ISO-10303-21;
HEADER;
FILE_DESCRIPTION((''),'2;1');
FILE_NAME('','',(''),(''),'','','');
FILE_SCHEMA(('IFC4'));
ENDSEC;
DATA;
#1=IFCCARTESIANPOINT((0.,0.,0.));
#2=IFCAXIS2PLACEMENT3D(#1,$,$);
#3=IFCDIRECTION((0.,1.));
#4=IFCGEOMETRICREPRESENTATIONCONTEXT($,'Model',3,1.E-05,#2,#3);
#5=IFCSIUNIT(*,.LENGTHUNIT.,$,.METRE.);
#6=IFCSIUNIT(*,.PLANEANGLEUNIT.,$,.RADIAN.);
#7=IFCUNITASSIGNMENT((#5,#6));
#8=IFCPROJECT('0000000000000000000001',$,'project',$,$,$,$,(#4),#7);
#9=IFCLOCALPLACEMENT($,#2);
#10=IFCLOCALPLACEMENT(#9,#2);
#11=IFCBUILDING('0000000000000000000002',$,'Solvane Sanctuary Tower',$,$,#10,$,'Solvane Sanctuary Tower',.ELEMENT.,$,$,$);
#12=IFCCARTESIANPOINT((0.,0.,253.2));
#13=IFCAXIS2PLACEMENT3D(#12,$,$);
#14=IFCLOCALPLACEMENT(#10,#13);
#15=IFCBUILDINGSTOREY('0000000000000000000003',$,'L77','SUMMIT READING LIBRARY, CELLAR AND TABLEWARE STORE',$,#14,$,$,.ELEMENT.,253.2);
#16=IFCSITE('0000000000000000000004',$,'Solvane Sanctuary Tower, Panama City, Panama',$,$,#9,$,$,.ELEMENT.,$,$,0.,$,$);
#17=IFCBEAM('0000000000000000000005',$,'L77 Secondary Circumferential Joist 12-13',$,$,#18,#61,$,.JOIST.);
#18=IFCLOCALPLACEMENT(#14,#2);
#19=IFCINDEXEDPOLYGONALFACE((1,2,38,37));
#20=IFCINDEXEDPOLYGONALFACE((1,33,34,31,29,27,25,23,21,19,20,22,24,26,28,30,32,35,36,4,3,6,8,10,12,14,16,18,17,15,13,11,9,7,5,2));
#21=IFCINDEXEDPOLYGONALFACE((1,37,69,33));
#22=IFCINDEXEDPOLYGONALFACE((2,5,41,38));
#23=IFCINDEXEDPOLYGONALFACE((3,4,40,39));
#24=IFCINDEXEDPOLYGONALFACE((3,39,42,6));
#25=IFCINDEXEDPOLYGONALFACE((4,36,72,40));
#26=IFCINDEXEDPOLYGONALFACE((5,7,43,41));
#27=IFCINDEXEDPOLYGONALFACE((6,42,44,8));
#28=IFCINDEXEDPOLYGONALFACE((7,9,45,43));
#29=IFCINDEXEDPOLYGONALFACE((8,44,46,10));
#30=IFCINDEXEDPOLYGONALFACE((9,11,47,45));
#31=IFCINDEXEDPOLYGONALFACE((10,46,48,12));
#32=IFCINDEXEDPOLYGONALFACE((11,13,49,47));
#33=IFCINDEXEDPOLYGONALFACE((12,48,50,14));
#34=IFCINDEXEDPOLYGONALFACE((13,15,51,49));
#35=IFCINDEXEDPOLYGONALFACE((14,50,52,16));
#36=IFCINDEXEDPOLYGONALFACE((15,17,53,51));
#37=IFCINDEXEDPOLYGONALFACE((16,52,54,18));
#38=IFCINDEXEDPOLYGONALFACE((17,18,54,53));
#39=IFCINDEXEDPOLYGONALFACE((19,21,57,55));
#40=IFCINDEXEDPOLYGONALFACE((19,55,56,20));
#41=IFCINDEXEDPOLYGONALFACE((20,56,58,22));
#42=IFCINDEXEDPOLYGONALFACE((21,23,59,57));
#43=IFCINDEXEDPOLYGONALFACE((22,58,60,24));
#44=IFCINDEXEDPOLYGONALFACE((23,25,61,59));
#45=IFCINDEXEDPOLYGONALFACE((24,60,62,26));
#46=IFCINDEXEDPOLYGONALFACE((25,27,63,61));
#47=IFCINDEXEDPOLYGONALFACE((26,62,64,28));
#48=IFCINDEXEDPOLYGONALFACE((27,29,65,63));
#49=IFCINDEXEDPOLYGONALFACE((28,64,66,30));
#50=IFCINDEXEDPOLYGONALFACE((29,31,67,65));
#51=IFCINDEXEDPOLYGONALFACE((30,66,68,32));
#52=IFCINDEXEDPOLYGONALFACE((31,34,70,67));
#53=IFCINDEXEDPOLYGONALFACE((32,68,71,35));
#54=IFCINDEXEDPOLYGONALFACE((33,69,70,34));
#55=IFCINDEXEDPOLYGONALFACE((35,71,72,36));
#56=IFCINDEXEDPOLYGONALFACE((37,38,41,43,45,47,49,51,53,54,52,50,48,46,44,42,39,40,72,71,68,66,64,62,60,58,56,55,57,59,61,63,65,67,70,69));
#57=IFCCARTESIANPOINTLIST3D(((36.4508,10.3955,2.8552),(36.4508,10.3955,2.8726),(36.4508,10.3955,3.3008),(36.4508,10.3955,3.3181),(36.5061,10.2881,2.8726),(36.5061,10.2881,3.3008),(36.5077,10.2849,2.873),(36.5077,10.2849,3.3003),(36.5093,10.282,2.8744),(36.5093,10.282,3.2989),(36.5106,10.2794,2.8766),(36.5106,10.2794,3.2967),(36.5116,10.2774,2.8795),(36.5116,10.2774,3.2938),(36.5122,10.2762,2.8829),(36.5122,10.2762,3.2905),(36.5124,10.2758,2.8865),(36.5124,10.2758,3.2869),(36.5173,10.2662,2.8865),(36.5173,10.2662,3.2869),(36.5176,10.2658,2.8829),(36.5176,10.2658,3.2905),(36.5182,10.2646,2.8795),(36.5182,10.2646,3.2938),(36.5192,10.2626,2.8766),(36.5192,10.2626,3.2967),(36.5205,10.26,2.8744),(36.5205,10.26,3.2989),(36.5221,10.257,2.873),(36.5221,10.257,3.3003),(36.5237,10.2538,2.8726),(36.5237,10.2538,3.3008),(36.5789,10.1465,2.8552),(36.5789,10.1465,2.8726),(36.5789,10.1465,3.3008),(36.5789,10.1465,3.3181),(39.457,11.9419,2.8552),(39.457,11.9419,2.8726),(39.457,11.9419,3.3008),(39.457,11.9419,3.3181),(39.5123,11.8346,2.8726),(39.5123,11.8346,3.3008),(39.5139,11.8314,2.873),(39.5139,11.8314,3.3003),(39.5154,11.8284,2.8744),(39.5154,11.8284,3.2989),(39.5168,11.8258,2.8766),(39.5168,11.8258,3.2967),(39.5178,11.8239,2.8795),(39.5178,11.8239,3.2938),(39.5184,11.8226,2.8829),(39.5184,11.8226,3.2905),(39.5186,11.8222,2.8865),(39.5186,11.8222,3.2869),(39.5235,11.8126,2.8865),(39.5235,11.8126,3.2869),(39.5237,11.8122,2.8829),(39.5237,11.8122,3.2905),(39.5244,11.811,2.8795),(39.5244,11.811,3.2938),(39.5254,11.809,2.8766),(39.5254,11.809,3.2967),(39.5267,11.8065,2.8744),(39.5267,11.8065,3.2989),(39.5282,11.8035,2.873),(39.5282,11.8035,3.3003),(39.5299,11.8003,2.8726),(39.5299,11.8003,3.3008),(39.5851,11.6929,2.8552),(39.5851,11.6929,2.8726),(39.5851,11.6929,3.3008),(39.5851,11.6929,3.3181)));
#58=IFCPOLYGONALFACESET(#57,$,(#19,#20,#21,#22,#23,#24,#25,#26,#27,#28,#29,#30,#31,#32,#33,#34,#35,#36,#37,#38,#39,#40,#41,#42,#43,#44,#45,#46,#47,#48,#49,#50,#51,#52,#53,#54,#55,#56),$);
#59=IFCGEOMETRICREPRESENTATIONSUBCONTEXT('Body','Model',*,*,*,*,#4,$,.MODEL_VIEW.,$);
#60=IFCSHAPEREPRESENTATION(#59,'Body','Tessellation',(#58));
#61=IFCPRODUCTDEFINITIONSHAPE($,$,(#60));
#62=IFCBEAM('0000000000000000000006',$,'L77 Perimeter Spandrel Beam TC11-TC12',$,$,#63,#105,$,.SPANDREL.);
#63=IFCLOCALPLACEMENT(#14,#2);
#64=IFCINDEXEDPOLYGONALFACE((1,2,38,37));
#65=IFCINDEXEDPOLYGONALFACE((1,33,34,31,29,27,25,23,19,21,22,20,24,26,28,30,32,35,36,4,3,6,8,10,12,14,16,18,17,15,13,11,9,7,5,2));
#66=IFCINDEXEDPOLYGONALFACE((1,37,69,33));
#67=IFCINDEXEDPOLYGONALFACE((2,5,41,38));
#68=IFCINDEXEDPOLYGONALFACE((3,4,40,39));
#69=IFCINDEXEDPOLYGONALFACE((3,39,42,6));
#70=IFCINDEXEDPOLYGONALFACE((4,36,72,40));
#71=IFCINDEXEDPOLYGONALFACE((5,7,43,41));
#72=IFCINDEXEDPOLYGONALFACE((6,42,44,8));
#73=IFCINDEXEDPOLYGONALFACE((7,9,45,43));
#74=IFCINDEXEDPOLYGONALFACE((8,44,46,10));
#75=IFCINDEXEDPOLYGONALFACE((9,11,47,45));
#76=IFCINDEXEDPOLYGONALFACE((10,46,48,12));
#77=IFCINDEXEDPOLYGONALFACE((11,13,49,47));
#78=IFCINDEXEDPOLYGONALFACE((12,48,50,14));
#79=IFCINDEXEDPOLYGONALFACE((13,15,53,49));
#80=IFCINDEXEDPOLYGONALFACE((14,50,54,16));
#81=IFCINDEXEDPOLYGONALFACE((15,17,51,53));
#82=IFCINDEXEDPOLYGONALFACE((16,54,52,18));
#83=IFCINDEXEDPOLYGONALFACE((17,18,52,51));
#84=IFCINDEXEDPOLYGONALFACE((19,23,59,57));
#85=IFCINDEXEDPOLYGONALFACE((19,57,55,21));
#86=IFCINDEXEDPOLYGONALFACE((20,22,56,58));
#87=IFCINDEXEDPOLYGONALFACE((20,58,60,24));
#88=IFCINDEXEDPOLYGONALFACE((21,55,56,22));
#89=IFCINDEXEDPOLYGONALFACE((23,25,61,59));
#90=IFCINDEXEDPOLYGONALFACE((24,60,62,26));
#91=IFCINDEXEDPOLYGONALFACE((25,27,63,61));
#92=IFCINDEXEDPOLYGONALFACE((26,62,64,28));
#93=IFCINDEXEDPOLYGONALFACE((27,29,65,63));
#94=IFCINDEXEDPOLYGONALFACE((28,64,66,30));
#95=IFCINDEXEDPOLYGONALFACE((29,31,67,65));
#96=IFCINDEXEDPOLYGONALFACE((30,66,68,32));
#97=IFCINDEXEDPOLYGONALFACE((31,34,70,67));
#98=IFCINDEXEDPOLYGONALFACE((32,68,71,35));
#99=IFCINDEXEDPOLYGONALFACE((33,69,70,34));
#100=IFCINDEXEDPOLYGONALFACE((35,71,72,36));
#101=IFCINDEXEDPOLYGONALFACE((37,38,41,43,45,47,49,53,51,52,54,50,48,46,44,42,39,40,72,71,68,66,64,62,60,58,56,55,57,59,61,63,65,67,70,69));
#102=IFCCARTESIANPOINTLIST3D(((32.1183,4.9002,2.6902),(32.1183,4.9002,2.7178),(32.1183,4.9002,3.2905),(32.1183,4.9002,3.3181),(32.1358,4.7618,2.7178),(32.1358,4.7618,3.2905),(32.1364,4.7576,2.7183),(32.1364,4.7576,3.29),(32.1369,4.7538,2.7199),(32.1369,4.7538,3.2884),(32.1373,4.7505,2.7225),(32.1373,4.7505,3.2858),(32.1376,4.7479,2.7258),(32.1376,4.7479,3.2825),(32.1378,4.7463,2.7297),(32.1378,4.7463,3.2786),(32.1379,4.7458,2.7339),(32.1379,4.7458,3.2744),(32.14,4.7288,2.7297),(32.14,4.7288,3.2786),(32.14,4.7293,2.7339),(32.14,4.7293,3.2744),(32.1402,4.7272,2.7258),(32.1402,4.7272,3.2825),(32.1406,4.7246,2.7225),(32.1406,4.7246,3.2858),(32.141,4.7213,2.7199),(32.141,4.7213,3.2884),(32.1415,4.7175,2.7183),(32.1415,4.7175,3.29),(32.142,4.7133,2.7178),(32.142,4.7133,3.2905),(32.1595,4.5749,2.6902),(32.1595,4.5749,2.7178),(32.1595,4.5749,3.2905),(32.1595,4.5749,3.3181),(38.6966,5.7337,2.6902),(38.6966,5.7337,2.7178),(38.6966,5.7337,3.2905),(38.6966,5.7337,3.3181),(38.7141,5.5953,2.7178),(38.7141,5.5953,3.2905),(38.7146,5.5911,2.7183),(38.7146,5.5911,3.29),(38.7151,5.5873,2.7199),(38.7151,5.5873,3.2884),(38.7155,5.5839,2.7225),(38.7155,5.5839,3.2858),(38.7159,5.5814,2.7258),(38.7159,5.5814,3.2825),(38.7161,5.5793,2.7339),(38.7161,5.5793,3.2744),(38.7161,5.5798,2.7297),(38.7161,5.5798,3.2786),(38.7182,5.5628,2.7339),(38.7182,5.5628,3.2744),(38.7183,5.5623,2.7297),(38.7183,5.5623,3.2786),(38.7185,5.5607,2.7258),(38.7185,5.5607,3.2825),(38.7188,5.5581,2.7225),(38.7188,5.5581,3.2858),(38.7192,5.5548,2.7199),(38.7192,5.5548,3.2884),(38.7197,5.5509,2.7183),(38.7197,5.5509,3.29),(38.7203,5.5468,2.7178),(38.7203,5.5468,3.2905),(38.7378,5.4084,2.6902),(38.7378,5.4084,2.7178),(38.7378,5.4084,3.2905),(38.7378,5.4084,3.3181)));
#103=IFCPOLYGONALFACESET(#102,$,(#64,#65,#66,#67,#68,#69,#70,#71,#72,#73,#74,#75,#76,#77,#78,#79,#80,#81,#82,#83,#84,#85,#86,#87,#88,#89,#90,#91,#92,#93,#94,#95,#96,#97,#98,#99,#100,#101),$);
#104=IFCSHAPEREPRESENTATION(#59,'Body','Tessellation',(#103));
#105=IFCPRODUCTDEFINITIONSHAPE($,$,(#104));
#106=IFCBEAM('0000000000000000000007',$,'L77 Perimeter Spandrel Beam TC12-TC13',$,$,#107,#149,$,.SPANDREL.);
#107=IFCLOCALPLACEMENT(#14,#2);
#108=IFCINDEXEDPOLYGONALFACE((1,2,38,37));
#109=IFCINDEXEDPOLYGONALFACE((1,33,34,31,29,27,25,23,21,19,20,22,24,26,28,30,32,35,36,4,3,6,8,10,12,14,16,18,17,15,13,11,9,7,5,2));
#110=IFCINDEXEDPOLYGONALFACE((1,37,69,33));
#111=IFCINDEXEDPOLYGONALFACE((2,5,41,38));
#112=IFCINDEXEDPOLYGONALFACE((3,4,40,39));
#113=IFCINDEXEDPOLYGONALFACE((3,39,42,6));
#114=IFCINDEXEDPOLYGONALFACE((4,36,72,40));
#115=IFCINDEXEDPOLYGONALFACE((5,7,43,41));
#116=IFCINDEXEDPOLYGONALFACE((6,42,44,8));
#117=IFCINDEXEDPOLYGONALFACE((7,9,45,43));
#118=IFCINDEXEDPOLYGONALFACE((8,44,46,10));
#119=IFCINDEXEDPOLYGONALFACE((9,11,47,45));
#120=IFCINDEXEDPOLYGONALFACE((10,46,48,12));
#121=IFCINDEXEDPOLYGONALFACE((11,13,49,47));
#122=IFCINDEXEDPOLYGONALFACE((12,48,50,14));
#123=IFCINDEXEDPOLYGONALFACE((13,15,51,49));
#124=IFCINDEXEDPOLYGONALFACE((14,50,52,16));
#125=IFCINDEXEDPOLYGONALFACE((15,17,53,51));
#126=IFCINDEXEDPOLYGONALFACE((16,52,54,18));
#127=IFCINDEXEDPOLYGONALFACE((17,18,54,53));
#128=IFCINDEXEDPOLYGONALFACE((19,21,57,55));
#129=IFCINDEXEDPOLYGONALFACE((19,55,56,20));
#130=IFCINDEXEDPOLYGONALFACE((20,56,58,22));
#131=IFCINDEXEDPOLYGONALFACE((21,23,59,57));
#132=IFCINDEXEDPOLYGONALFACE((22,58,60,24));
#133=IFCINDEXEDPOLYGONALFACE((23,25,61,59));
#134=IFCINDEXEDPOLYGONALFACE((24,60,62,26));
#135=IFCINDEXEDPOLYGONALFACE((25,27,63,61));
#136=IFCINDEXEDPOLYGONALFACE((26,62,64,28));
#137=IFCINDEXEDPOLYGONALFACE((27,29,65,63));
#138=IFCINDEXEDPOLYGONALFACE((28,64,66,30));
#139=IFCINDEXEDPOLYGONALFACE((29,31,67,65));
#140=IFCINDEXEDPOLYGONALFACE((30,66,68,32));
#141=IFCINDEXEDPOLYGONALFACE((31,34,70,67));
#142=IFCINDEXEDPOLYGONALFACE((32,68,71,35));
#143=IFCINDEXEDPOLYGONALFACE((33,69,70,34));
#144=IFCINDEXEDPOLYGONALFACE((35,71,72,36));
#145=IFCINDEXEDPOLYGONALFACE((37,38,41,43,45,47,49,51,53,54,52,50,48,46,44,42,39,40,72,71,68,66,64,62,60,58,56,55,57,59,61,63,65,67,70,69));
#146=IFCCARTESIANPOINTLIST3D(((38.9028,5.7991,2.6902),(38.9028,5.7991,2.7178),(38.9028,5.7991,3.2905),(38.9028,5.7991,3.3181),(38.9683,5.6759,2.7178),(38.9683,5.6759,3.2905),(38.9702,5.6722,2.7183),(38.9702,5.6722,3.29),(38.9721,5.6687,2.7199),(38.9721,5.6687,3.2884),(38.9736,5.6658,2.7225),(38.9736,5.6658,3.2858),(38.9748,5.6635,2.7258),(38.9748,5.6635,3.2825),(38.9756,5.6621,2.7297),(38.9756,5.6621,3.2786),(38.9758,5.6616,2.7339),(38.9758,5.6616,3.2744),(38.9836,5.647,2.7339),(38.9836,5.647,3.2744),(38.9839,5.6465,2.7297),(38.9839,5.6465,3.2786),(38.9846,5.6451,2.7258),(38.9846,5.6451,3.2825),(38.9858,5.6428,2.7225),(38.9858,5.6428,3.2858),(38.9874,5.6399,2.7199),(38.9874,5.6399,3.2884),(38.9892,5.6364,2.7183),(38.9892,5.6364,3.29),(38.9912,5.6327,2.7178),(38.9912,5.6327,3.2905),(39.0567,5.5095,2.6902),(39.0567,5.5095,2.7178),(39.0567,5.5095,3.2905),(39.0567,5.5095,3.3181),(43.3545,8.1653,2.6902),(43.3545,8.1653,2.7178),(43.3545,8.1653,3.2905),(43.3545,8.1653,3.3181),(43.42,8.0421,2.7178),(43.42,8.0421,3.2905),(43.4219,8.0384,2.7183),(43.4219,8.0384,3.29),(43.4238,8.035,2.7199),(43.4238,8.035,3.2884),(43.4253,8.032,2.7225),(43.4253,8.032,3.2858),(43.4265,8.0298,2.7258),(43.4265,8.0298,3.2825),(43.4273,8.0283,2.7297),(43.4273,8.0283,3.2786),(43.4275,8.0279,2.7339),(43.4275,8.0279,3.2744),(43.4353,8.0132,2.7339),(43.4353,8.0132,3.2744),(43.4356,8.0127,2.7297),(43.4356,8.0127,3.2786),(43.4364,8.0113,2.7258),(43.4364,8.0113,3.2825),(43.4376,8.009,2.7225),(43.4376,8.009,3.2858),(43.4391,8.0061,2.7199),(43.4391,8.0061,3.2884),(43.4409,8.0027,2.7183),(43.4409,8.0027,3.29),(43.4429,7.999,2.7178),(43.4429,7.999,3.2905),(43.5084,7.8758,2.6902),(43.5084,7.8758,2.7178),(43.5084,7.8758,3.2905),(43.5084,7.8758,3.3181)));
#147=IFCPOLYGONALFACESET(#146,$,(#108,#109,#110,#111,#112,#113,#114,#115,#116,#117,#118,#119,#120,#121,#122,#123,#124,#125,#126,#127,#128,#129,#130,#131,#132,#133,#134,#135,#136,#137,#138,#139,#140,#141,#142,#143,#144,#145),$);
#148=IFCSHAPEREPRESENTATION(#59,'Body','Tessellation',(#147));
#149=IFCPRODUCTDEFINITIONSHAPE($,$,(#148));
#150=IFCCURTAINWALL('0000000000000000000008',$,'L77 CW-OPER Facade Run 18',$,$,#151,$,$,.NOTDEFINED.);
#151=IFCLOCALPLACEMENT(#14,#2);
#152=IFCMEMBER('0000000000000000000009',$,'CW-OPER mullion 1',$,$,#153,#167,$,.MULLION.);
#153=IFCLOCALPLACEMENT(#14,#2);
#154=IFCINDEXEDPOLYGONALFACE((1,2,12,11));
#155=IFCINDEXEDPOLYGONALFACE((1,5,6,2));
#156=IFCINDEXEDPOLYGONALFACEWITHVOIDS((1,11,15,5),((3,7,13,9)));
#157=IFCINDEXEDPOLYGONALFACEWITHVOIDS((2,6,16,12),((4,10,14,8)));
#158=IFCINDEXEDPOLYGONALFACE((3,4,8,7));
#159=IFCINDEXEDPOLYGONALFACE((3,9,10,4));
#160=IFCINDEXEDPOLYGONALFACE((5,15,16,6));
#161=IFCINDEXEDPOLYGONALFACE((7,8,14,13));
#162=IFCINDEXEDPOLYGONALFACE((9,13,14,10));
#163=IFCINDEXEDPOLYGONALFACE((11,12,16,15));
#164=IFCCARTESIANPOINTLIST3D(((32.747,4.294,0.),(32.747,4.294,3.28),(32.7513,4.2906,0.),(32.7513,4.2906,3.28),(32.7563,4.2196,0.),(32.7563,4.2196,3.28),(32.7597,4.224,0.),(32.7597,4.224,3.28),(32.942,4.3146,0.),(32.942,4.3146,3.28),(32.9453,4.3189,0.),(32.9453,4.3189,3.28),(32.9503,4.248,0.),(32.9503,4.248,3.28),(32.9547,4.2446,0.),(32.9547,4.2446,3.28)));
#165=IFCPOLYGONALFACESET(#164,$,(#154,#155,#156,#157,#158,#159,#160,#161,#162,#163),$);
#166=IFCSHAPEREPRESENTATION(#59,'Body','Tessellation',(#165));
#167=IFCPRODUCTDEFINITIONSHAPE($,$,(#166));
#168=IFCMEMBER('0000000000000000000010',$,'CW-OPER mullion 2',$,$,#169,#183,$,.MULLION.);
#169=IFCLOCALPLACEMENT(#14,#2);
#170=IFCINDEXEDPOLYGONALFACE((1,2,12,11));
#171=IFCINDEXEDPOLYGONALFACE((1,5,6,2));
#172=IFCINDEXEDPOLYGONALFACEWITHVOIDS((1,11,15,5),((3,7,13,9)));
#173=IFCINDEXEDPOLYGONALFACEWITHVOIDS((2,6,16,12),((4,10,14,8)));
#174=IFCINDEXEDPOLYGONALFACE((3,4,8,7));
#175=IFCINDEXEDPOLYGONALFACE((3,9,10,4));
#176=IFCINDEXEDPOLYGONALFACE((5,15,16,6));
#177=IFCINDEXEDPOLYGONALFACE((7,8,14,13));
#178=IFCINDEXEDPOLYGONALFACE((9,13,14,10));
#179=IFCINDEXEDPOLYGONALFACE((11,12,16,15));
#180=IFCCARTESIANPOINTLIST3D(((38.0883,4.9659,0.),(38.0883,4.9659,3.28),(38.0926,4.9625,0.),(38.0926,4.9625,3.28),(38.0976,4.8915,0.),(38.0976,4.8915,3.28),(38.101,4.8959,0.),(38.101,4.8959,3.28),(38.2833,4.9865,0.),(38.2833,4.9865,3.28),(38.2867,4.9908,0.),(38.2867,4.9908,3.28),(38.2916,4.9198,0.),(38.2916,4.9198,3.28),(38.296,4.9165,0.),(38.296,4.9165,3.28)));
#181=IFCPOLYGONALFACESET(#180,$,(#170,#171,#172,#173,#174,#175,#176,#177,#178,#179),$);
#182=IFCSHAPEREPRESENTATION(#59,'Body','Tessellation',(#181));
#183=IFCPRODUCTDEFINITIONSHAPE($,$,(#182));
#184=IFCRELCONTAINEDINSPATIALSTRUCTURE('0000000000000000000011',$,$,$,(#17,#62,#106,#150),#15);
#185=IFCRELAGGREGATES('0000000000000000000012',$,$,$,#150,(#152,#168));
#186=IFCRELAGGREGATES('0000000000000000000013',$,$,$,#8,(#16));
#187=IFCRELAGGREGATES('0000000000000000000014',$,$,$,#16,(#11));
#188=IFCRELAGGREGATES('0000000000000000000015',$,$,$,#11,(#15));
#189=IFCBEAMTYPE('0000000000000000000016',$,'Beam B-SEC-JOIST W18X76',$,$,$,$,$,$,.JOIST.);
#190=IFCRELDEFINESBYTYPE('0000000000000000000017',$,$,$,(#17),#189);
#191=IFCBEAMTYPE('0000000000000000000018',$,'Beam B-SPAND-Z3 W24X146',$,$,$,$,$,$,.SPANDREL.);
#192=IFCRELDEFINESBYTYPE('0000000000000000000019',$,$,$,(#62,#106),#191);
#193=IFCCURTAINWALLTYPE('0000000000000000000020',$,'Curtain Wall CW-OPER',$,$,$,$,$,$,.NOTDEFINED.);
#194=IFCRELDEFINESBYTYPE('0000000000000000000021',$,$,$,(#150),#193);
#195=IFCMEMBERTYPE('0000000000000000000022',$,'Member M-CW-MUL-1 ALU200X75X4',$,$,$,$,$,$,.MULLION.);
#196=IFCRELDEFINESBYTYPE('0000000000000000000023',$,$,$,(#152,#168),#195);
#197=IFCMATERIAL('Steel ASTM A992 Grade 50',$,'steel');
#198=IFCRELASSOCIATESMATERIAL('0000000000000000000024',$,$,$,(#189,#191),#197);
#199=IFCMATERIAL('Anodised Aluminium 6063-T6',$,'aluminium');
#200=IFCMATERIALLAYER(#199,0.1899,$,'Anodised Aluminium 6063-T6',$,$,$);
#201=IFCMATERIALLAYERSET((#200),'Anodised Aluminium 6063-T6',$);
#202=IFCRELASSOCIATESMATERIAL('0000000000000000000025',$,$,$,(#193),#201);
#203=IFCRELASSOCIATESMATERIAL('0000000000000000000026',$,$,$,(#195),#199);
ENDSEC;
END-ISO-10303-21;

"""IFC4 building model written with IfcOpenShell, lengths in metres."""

from ifc_helpers import new_model, si_unit, direction, frame, origin, origin_2d, place, context, subcontext, project, spatial, hollow_rectangle, i_section, extrude, material, layer, layer_set, material_profile, profile_set, type_object, element, aggregate, save


model = new_model("IFC4")

# Units and contexts
model_context = context("Model", 3, precision=1e-05, world=origin(), true_north=direction((0.0, 1.0)))
body_context = subcontext(model_context, "Body", "Model", "MODEL_VIEW")
ifc_project = project(units=[si_unit("LENGTHUNIT", "METRE"), si_unit("PLANEANGLEUNIT", "RADIAN")], contexts=[model_context])

# Site, building, storey
site_placement = place(None, origin())
site = spatial("IfcSite", under=ifc_project, at=site_placement, Name="Solvane Sanctuary Tower, Panama City, Panama", CompositionType="ELEMENT", RefElevation=0.0)
building_placement = place(site_placement, origin())
building = spatial("IfcBuilding", under=site, at=building_placement, Name="Solvane Sanctuary Tower", LongName="Solvane Sanctuary Tower", CompositionType="ELEMENT")
storey_placement = place(building_placement, frame((0.0, 0.0, 253.2)))
storey = spatial("IfcBuildingStorey", under=building, at=storey_placement, Name="L77", Description="SUMMIT READING LIBRARY, CELLAR AND TABLEWARE STORE", CompositionType="ELEMENT", Elevation=253.2)

# Beams
ifc_material_1 = material(Name="Steel ASTM A992 Grade 50", Category="steel")
ifc_material_profile_1 = material_profile(ifc_material_1, i_section(OverallWidth=0.28, OverallDepth=0.4629, WebThickness=0.0107, FlangeThickness=0.0173, FilletRadius=0.0139, at=origin_2d()), Name="W18X76")
ifc_profile_set_1 = profile_set([ifc_material_profile_1], Name="Steel ASTM A992 Grade 50")
beam_type_1 = type_object("IfcBeamType", Name="Beam B-SEC-JOIST W18X76", PredefinedType="JOIST", material=ifc_profile_set_1)
beam_1_placement = place(storey_placement, frame((36.5149, 10.271, 3.0867), z_axis=(0.889241, 0.457439, 0.0), x_axis=(-0.457439, 0.889241, 0.0)))
element("IfcBeam", 1, at=beam_1_placement, inside=storey, type_object=beam_type_1, Name="L77 Secondary Circumferential Joist 12-13", PredefinedType="JOIST", context=body_context, shape_type="SweptSolid", body=[
    extrude(i_section(OverallWidth=0.28, OverallDepth=0.4629, WebThickness=0.0107, FlangeThickness=0.0173, FilletRadius=0.0139, at=origin_2d()), origin(), (0.0, 0.0, 1.0), 3.3806),
])
ifc_material_profile_2 = material_profile(ifc_material_1, i_section(OverallWidth=0.3279, OverallDepth=0.6279, WebThickness=0.0166, FlangeThickness=0.0276, FilletRadius=0.0161, at=origin_2d()), Name="W24X146")
ifc_profile_set_2 = profile_set([ifc_material_profile_2], Name="Steel ASTM A992 Grade 50")
beam_type_2 = type_object("IfcBeamType", Name="Beam B-SPAND-Z3 W24X146", PredefinedType="SPANDREL", material=ifc_profile_set_2)
beam_2_placement = place(storey_placement, frame((32.1389, 4.7375, 3.0042), z_axis=(0.992069, 0.125698, 0.0), x_axis=(-0.125698, 0.992069, 0.0)))
element("IfcBeam", 2, at=beam_2_placement, inside=storey, type_object=beam_type_2, Name="L77 Perimeter Spandrel Beam TC11-TC12", PredefinedType="SPANDREL", context=body_context, shape_type="SweptSolid", body=[
    extrude(i_section(OverallWidth=0.3279, OverallDepth=0.6279, WebThickness=0.0166, FlangeThickness=0.0276, FilletRadius=0.0161, at=origin_2d()), origin(), (0.0, 0.0, 1.0), 6.6309),
])
beam_3_placement = place(storey_placement, frame((38.9797, 5.6543, 3.0042), z_axis=(0.883012, 0.469351, 0.0), x_axis=(-0.469351, 0.883012, 0.0)))
element("IfcBeam", 3, at=beam_3_placement, inside=storey, type_object=beam_type_2, Name="L77 Perimeter Spandrel Beam TC12-TC13", PredefinedType="SPANDREL", context=body_context, shape_type="SweptSolid", body=[
    extrude(i_section(OverallWidth=0.3279, OverallDepth=0.6279, WebThickness=0.0166, FlangeThickness=0.0276, FilletRadius=0.0161, at=origin_2d()), origin(), (0.0, 0.0, 1.0), 5.0415),
])

# Curtain wall, members
ifc_material_2 = material(Name="Anodised Aluminium 6063-T6", Category="aluminium")
ifc_layer_1 = layer(ifc_material_2, 0.1899, Name="Anodised Aluminium 6063-T6")
ifc_layer_set_1 = layer_set([ifc_layer_1], Name="Anodised Aluminium 6063-T6")
curtain_wall_type = type_object("IfcCurtainWallType", Name="Curtain Wall CW-OPER", PredefinedType="NOTDEFINED", material=ifc_layer_set_1)
curtain_wall_placement = place(storey_placement, origin())
curtain_wall = element("IfcCurtainWall", 4, at=curtain_wall_placement, inside=storey, type_object=curtain_wall_type, Name="L77 CW-OPER Facade Run 18", PredefinedType="NOTDEFINED")
ifc_material_profile_3 = material_profile(ifc_material_2, hollow_rectangle(XDim=0.075, YDim=0.2, WallThickness=0.0039, at=origin_2d()), Name="ALU200X75X4")
ifc_profile_set_3 = profile_set([ifc_material_profile_3], Name="Anodised Aluminium 6063-T6")
member_type_1 = type_object("IfcMemberType", Name="Member M-CW-MUL-1 ALU200X75X4", PredefinedType="MULLION", material=ifc_profile_set_3)
member_1_placement = place(storey_placement, frame((32.8508, 4.2693, 0.0), z_axis=(0.0, 0.0, 1.0), x_axis=(-0.124815, 0.99218, 0.0)))
member_1 = element("IfcMember", 5, at=member_1_placement, type_object=member_type_1, Name="CW-OPER mullion 1", PredefinedType="MULLION", context=body_context, shape_type="SweptSolid", body=[
    extrude(hollow_rectangle(XDim=0.075, YDim=0.2, WallThickness=0.0039, at=origin_2d()), origin(), (0.0, 0.0, 1.0), 3.28),
])
member_2_placement = place(storey_placement, frame((38.1921, 4.9412, 0.0), z_axis=(0.0, 0.0, 1.0), x_axis=(-0.124815, 0.99218, 0.0)))
member_2 = element("IfcMember", 6, at=member_2_placement, type_object=member_type_1, Name="CW-OPER mullion 2", PredefinedType="MULLION", context=body_context, shape_type="SweptSolid", body=[
    extrude(hollow_rectangle(XDim=0.075, YDim=0.2, WallThickness=0.0039, at=origin_2d()), origin(), (0.0, 0.0, 1.0), 3.28),
])
aggregate(curtain_wall, [member_1, member_2])

save(model, "model.ifc")
